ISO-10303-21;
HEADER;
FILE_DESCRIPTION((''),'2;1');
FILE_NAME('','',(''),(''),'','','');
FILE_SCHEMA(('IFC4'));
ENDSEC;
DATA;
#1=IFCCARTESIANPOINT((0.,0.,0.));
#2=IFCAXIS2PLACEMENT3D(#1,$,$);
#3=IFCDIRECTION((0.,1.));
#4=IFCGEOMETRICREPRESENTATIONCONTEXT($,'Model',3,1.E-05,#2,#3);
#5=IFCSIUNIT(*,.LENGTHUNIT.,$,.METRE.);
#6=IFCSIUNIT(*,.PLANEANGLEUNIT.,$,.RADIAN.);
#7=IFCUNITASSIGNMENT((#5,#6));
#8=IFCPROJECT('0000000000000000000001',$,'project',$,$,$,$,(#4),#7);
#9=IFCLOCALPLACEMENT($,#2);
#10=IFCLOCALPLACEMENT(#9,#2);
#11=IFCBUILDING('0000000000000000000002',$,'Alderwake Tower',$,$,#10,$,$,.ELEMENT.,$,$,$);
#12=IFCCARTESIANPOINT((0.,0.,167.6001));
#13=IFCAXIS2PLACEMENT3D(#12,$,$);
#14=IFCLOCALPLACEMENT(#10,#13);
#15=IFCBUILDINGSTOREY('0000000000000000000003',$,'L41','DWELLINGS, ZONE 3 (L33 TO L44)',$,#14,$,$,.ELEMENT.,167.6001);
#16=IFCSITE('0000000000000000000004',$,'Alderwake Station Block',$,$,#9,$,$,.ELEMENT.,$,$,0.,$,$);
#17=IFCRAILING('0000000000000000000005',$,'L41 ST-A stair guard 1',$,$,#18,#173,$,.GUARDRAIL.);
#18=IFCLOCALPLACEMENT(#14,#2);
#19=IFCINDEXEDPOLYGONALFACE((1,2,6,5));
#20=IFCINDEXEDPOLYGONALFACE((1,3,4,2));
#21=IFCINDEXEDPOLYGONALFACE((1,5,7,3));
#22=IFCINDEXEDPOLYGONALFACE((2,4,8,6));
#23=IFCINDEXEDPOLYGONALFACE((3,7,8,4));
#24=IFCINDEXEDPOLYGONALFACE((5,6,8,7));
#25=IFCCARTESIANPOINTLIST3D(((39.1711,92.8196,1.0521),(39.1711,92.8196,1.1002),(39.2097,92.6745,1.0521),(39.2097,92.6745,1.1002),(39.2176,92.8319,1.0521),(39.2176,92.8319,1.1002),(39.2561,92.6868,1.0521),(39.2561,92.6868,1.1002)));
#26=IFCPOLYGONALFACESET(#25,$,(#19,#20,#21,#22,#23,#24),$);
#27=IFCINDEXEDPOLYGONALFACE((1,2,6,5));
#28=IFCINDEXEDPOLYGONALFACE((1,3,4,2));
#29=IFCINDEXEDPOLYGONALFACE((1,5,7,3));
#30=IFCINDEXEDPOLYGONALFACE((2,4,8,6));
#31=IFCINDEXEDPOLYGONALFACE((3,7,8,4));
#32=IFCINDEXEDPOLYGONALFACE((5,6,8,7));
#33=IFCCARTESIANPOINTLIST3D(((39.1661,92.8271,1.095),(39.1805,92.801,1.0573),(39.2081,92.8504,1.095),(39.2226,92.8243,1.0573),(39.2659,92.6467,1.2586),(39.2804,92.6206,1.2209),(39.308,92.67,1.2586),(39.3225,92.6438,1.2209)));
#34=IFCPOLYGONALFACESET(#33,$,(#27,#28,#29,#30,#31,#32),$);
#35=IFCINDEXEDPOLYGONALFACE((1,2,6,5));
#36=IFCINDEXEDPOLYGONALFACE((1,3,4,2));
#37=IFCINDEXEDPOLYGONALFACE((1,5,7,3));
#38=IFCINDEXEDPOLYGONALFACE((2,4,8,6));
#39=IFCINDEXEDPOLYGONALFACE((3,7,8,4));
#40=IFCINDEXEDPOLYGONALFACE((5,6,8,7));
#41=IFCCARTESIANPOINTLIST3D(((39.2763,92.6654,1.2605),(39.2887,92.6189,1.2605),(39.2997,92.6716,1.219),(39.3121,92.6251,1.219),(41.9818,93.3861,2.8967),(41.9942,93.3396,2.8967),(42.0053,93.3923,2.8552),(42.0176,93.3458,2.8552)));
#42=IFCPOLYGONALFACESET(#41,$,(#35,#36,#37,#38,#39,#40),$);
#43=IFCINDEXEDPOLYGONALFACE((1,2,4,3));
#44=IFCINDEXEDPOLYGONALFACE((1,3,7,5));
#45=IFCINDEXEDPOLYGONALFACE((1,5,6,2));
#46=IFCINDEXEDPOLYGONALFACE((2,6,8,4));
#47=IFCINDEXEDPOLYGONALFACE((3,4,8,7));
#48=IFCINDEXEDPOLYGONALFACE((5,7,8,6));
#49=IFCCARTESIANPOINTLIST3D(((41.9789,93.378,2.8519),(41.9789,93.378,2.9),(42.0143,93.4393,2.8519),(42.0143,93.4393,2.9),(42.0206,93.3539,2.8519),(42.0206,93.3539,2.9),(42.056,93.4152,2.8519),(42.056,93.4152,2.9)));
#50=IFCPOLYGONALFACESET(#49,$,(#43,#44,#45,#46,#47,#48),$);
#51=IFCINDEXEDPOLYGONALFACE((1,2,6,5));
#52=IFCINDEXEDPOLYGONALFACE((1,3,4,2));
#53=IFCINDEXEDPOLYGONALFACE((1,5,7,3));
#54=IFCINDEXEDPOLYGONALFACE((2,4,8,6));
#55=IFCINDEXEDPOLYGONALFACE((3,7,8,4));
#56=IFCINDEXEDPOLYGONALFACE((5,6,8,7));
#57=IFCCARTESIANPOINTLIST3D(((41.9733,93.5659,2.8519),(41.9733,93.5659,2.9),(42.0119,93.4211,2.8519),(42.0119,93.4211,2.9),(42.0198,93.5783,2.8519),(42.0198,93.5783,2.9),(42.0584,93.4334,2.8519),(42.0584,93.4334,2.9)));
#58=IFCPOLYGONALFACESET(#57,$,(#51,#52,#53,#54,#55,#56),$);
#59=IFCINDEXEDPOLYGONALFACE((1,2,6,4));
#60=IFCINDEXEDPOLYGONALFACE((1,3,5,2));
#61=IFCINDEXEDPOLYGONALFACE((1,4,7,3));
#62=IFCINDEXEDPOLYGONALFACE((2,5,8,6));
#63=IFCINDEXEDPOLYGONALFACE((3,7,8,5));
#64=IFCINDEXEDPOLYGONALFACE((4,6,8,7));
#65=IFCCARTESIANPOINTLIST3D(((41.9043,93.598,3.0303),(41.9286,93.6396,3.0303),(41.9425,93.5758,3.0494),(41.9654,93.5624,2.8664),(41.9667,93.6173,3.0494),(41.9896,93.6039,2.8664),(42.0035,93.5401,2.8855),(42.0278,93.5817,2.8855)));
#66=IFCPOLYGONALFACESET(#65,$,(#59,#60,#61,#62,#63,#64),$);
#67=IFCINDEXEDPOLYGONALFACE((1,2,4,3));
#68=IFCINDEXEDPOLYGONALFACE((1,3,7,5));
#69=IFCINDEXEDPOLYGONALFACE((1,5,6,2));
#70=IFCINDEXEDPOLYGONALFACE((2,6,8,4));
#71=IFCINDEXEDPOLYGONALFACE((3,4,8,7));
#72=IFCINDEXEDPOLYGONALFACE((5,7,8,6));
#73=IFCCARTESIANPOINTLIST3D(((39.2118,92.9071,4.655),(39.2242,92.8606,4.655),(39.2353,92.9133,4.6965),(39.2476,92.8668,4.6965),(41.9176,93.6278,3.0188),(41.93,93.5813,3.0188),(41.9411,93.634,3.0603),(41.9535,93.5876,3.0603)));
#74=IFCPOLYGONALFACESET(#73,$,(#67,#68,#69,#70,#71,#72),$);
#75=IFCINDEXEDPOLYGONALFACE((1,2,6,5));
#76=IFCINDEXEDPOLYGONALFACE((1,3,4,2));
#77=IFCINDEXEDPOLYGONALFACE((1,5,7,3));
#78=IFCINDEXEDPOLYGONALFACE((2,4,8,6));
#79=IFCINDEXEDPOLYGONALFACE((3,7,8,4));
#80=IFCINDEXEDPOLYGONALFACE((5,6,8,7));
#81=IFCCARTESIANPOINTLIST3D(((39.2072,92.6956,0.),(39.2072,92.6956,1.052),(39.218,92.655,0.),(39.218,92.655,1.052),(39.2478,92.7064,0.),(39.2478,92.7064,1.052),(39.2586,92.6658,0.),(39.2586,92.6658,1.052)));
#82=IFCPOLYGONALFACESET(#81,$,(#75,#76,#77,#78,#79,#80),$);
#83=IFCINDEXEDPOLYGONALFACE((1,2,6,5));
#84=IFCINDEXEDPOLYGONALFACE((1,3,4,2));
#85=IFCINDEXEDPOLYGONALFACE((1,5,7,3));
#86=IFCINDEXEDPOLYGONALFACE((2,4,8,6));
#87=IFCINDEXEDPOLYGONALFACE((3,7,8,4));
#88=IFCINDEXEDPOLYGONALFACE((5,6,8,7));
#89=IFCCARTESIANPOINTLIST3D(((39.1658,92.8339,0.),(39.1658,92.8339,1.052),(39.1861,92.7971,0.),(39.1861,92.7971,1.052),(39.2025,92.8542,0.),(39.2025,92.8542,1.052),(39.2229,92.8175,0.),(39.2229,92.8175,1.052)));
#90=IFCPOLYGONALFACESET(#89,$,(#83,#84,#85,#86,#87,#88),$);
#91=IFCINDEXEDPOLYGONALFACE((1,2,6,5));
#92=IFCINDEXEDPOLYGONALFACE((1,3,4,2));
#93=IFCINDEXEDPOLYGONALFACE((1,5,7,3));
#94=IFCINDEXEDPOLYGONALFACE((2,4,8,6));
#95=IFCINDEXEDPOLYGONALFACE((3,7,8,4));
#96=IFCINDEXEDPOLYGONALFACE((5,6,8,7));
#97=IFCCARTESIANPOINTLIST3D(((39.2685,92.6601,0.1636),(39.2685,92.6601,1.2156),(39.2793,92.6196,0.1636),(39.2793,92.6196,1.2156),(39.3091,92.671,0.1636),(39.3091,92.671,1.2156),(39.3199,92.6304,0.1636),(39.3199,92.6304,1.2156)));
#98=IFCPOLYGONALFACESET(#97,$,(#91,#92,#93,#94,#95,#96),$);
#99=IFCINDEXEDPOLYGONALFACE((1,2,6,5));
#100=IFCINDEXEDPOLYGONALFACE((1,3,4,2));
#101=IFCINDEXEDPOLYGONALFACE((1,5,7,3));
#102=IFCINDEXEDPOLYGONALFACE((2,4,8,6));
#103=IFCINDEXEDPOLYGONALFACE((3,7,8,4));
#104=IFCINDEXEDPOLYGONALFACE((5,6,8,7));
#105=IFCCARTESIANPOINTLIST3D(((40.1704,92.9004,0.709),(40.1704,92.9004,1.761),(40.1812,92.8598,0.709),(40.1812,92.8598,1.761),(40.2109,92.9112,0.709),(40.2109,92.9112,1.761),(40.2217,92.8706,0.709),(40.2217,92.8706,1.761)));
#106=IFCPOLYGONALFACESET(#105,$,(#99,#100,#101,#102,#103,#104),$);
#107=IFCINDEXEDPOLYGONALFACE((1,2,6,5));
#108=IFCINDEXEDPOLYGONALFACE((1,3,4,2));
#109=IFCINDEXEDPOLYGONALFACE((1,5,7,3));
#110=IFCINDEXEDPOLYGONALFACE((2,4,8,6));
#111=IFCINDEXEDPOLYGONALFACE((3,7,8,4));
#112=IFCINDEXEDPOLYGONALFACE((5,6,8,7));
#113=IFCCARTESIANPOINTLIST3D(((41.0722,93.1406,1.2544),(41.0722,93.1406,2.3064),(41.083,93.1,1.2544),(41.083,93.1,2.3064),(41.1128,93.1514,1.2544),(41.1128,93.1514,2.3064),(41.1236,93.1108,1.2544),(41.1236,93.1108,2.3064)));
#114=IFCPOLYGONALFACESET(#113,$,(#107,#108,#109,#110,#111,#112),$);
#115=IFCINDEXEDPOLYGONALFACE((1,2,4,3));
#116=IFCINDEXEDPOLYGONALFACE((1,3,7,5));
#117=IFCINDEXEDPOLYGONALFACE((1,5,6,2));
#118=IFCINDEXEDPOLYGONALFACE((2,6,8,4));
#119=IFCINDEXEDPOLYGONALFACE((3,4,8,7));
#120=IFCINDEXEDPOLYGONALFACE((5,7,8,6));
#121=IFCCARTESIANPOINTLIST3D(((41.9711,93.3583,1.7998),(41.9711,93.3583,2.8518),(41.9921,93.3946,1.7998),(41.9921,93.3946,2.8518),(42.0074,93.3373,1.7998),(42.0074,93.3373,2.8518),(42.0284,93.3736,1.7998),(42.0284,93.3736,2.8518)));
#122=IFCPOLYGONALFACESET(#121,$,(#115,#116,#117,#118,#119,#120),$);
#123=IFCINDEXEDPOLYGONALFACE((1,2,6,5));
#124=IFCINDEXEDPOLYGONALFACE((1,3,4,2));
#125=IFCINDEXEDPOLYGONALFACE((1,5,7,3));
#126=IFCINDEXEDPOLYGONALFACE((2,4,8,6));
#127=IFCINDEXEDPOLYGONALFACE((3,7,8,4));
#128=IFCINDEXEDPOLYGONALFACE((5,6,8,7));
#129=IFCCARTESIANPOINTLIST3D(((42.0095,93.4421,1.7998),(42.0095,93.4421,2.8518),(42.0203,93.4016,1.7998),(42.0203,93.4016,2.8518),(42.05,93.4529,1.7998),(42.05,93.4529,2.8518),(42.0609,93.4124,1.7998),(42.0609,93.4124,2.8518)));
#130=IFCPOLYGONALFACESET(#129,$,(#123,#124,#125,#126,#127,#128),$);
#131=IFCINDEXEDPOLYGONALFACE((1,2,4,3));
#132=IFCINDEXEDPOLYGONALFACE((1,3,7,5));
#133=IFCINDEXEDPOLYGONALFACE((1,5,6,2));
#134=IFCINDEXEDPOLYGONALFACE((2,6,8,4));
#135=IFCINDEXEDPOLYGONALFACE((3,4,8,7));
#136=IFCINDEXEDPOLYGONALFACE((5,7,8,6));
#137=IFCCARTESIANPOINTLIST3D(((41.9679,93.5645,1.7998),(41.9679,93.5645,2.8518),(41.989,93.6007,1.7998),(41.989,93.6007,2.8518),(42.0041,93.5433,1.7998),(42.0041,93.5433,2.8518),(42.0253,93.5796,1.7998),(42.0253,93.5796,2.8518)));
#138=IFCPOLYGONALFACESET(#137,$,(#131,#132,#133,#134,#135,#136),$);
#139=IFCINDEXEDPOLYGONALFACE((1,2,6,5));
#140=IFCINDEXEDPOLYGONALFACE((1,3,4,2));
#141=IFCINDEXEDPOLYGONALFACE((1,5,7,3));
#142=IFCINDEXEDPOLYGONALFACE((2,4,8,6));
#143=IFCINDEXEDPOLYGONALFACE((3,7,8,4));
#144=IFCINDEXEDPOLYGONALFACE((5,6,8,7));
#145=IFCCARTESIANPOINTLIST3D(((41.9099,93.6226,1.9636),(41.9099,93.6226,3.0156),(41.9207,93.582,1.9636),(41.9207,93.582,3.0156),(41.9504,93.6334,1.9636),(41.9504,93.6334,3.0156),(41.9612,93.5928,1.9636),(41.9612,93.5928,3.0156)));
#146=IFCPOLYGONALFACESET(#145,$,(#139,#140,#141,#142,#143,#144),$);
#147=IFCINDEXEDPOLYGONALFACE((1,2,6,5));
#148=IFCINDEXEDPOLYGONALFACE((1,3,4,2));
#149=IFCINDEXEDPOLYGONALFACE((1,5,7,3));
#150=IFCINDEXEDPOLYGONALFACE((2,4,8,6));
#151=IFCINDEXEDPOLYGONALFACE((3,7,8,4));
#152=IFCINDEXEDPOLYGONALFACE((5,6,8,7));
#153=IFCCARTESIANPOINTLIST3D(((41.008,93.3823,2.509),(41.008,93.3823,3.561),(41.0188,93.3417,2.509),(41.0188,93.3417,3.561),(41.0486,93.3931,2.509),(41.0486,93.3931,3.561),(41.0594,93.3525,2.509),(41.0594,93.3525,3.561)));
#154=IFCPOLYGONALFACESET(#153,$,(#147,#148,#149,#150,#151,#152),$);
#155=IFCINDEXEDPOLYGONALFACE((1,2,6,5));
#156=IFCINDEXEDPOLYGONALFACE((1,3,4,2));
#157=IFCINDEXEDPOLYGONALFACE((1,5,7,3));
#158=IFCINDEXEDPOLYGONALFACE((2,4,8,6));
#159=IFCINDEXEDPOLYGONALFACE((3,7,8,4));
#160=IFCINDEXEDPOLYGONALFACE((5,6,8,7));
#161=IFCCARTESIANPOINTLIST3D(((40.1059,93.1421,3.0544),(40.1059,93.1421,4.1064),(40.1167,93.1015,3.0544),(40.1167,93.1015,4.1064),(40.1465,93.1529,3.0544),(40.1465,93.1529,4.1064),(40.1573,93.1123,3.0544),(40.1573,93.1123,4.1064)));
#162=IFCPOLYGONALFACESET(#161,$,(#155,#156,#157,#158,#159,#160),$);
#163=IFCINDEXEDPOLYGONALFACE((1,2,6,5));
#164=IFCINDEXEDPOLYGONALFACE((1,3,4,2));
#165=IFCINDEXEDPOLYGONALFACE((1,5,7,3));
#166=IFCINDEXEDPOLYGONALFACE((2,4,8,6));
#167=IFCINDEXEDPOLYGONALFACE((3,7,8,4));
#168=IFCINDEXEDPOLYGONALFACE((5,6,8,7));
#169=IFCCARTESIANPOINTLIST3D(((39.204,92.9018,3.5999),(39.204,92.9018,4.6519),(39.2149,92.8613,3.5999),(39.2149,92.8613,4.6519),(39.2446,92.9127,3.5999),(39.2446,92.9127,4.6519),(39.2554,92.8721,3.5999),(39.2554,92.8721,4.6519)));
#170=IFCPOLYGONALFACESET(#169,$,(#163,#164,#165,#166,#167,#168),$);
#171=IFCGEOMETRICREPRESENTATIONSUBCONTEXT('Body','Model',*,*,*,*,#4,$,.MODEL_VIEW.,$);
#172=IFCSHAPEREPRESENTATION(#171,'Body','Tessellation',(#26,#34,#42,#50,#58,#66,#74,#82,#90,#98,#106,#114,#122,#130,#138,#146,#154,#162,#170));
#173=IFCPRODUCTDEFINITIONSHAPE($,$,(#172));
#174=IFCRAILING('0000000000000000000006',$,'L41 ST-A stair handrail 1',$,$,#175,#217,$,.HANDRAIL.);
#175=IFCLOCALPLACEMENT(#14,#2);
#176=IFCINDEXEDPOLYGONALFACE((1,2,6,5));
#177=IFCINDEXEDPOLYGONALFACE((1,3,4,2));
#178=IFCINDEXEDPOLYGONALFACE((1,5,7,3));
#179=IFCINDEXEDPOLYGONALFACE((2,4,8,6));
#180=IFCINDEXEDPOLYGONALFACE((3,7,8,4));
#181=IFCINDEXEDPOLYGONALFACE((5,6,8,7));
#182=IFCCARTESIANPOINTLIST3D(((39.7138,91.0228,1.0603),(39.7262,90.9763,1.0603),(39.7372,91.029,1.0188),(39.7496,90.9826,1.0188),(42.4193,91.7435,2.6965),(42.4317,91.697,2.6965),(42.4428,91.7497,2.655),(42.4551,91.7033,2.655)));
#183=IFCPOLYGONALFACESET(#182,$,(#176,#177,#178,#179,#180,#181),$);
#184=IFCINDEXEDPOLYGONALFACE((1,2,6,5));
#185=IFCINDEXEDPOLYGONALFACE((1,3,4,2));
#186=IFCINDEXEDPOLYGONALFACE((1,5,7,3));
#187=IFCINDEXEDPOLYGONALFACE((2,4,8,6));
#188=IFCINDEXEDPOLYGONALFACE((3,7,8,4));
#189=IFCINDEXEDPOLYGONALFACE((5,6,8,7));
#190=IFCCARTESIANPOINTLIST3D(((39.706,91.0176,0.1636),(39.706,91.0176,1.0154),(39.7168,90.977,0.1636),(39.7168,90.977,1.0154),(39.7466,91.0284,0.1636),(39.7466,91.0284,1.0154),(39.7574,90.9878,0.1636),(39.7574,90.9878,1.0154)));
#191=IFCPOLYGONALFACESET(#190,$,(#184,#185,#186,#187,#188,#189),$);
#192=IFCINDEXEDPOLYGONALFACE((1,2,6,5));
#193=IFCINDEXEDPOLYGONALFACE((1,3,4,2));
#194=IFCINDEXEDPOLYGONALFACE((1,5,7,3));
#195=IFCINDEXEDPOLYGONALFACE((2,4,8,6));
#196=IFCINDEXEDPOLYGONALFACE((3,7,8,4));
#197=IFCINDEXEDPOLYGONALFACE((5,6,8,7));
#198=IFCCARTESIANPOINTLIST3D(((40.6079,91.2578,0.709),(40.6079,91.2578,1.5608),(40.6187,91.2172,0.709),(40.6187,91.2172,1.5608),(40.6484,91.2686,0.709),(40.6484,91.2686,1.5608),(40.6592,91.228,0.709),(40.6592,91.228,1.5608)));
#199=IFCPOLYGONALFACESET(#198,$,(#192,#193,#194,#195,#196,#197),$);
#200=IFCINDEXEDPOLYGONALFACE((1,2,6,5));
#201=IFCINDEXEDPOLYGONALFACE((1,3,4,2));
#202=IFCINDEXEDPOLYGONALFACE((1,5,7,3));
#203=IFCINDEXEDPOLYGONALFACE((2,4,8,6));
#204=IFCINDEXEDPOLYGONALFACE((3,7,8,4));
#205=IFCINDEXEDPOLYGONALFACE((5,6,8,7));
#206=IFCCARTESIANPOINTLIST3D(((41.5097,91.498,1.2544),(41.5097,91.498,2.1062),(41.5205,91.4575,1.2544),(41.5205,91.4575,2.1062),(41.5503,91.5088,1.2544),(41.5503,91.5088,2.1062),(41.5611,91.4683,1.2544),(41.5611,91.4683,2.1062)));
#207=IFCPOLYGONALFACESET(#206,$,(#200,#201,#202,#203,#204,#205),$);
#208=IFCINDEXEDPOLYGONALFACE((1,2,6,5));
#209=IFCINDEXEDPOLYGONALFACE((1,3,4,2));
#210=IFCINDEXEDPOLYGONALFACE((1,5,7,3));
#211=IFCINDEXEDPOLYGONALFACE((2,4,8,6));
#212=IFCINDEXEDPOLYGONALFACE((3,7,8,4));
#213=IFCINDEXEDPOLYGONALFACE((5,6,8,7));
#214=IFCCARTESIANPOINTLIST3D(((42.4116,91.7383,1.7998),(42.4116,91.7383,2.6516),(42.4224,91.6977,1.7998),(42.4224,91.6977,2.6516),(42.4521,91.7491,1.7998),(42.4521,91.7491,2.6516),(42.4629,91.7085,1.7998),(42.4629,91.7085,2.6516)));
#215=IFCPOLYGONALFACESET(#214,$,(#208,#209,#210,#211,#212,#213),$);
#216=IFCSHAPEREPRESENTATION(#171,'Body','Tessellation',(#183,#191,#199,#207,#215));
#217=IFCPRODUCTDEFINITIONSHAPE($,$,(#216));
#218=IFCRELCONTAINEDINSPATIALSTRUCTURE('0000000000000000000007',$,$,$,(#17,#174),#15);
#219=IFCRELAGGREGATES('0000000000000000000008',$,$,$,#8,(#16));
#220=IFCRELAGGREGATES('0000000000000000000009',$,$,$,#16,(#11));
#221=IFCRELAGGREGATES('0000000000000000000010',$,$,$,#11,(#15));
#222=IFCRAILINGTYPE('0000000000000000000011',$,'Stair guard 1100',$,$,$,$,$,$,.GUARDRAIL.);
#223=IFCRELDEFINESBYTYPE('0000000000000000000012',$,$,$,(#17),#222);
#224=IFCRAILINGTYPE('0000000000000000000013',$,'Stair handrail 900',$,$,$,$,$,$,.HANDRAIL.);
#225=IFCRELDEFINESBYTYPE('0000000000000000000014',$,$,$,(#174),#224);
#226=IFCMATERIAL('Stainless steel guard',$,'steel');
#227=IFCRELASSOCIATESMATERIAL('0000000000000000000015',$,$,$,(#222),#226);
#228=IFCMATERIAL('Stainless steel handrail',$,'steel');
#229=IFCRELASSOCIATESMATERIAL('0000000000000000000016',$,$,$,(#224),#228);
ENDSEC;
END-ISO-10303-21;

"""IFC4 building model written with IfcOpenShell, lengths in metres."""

from ifc_helpers import new_model, si_unit, direction, frame, origin, origin_2d, place, context, subcontext, project, spatial, rectangle, extrude, material, type_object, element, save


model = new_model("IFC4")

# Units and contexts
model_context = context("Model", 3, precision=1e-05, world=origin(), true_north=direction((0.0, 1.0)))
body_context = subcontext(model_context, "Body", "Model", "MODEL_VIEW")
ifc_project = project(units=[si_unit("LENGTHUNIT", "METRE"), si_unit("PLANEANGLEUNIT", "RADIAN")], contexts=[model_context])

# Site, building, storey
site_placement = place(None, origin())
site = spatial("IfcSite", under=ifc_project, at=site_placement, Name="Alderwake Station Block", CompositionType="ELEMENT", RefElevation=0.0)
building_placement = place(site_placement, origin())
building = spatial("IfcBuilding", under=site, at=building_placement, Name="Alderwake Tower", CompositionType="ELEMENT")
storey_placement = place(building_placement, frame((0.0, 0.0, 167.6001)))
storey = spatial("IfcBuildingStorey", under=building, at=storey_placement, Name="L41", Description="DWELLINGS, ZONE 3 (L33 TO L44)", CompositionType="ELEMENT", Elevation=167.6001)

# Railings
ifc_material_1 = material(Name="Stainless steel guard", Category="steel")
railing_type_1 = type_object("IfcRailingType", Name="Stair guard 1100", PredefinedType="GUARDRAIL", material=ifc_material_1)
railing_1_placement = place(storey_placement, frame((39.2329, 92.6807, 0.0)))
element("IfcRailing", 1, at=railing_1_placement, inside=storey, type_object=railing_type_1, Name="L41 ST-A stair guard 1", PredefinedType="GUARDRAIL", context=body_context, shape_type="SweptSolid", body=[
    extrude(rectangle(XDim=0.0481, YDim=0.0481, at=origin_2d()), frame((0.0, 0.0, 1.0762), z_axis=(-0.257055, 0.966397, 0.0), x_axis=(-0.966397, -0.257055, 0.0)), (0.0, 0.0, 1.0), 0.1501),
    extrude(rectangle(XDim=0.0481, YDim=0.0481, at=origin_2d()), frame((-0.0386, 0.145, 1.0762), z_axis=(0.379371, -0.685464, 0.621463), x_axis=(0.874938, 0.484235, 0.0)), (0.0, 0.0, 1.0), 0.2632),
    extrude(rectangle(XDim=0.0481, YDim=0.0481, at=origin_2d()), frame((0.0613, -0.0354, 1.2397), z_axis=(0.834291, 0.222237, 0.504549), x_axis=(-0.257402, 0.966304, 0.0)), (0.0, 0.0, 1.0), 3.2429),
    extrude(rectangle(XDim=0.0481, YDim=0.0481, at=origin_2d()), frame((2.7668, 0.6853, 2.876), z_axis=(0.50022, 0.865898, 0.0), x_axis=(-0.865898, 0.50022, 0.0)), (0.0, 0.0, 1.0), 0.0708),
    extrude(rectangle(XDim=0.0481, YDim=0.0481, at=origin_2d()), frame((2.8022, 0.7466, 2.876), z_axis=(-0.25746, 0.966289, 0.0), x_axis=(-0.966289, -0.25746, 0.0)), (0.0, 0.0, 1.0), 0.1499),
    extrude(rectangle(XDim=0.0481, YDim=0.0481, at=origin_2d()), frame((2.7637, 0.8914, 2.876), z_axis=(-0.342095, 0.199783, 0.918182), x_axis=(-0.5043, -0.863528, 0.0)), (0.0, 0.0, 1.0), 0.1785),
    extrude(rectangle(XDim=0.0481, YDim=0.0481, at=origin_2d()), frame((2.7026, 0.927, 3.0396), z_axis=(-0.834314, -0.222223, 0.504518), x_axis=(0.25738, -0.96631, 0.0)), (0.0, 0.0, 1.0), 3.2432),
    extrude(rectangle(XDim=0.042, YDim=0.042, at=origin_2d()), frame((0.0, 0.0, 0.0), z_axis=(0.0, 0.0, 1.0), x_axis=(-0.257055, 0.966397, 0.0)), (0.0, 0.0, 1.0), 1.052),
    extrude(rectangle(XDim=0.042, YDim=0.042, at=origin_2d()), frame((-0.0386, 0.145, 0.0), z_axis=(0.0, 0.0, 1.0), x_axis=(0.484235, -0.874938, 0.0)), (0.0, 0.0, 1.0), 1.052),
    extrude(rectangle(XDim=0.042, YDim=0.042, at=origin_2d()), frame((0.0613, -0.0354, 0.1636), z_axis=(0.0, 0.0, 1.0), x_axis=(0.966304, 0.257402, 0.0)), (0.0, 0.0, 1.0), 1.052),
    extrude(rectangle(XDim=0.042, YDim=0.042, at=origin_2d()), frame((0.9631, 0.2048, 0.709), z_axis=(0.0, 0.0, 1.0), x_axis=(0.966304, 0.257402, 0.0)), (0.0, 0.0, 1.0), 1.052),
    extrude(rectangle(XDim=0.042, YDim=0.042, at=origin_2d()), frame((1.865, 0.4451, 1.2544), z_axis=(0.0, 0.0, 1.0), x_axis=(0.966304, 0.257402, 0.0)), (0.0, 0.0, 1.0), 1.052),
    extrude(rectangle(XDim=0.042, YDim=0.042, at=origin_2d()), frame((2.7668, 0.6853, 1.7998), z_axis=(0.0, 0.0, 1.0), x_axis=(0.50022, 0.865898, 0.0)), (0.0, 0.0, 1.0), 1.052),
    extrude(rectangle(XDim=0.042, YDim=0.042, at=origin_2d()), frame((2.8022, 0.7466, 1.7998), z_axis=(0.0, 0.0, 1.0), x_axis=(-0.25746, 0.966289, 0.0)), (0.0, 0.0, 1.0), 1.052),
    extrude(rectangle(XDim=0.042, YDim=0.042, at=origin_2d()), frame((2.7637, 0.8914, 1.7998), z_axis=(0.0, 0.0, 1.0), x_axis=(-0.863528, 0.5043, 0.0)), (0.0, 0.0, 1.0), 1.052),
    extrude(rectangle(XDim=0.042, YDim=0.042, at=origin_2d()), frame((2.7026, 0.927, 1.9636), z_axis=(0.0, 0.0, 1.0), x_axis=(-0.96631, -0.25738, 0.0)), (0.0, 0.0, 1.0), 1.052),
    extrude(rectangle(XDim=0.042, YDim=0.042, at=origin_2d()), frame((1.8008, 0.6868, 2.509), z_axis=(0.0, 0.0, 1.0), x_axis=(-0.96631, -0.25738, 0.0)), (0.0, 0.0, 1.0), 1.052),
    extrude(rectangle(XDim=0.042, YDim=0.042, at=origin_2d()), frame((0.8987, 0.4465, 3.0544), z_axis=(0.0, 0.0, 1.0), x_axis=(-0.96631, -0.25738, 0.0)), (0.0, 0.0, 1.0), 1.052),
    extrude(rectangle(XDim=0.042, YDim=0.042, at=origin_2d()), frame((-0.0032, 0.2063, 3.5999), z_axis=(0.0, 0.0, 1.0), x_axis=(-0.96631, -0.25738, 0.0)), (0.0, 0.0, 1.0), 1.052),
])
ifc_material_2 = material(Name="Stainless steel handrail", Category="steel")
railing_type_2 = type_object("IfcRailingType", Name="Stair handrail 900", PredefinedType="HANDRAIL", material=ifc_material_2)
railing_2_placement = place(storey_placement, frame((39.7317, 91.0027, 0.1636)))
element("IfcRailing", 2, at=railing_2_placement, inside=storey, type_object=railing_type_2, Name="L41 ST-A stair handrail 1", PredefinedType="HANDRAIL", context=body_context, shape_type="SweptSolid", body=[
    extrude(rectangle(XDim=0.0481, YDim=0.0481, at=origin_2d()), frame((0.0, 0.0, 0.876), z_axis=(0.834291, 0.222237, 0.504549), x_axis=(-0.257402, 0.966304, 0.0)), (0.0, 0.0, 1.0), 3.2429),
    extrude(rectangle(XDim=0.042, YDim=0.042, at=origin_2d()), frame((0.0, 0.0, 0.0), z_axis=(0.0, 0.0, 1.0), x_axis=(0.966304, 0.257402, 0.0)), (0.0, 0.0, 1.0), 0.8518),
    extrude(rectangle(XDim=0.042, YDim=0.042, at=origin_2d()), frame((0.9019, 0.2402, 0.5454), z_axis=(0.0, 0.0, 1.0), x_axis=(0.966304, 0.257402, 0.0)), (0.0, 0.0, 1.0), 0.8518),
    extrude(rectangle(XDim=0.042, YDim=0.042, at=origin_2d()), frame((1.8037, 0.4805, 1.0908), z_axis=(0.0, 0.0, 1.0), x_axis=(0.966304, 0.257402, 0.0)), (0.0, 0.0, 1.0), 0.8518),
    extrude(rectangle(XDim=0.042, YDim=0.042, at=origin_2d()), frame((2.7056, 0.7207, 1.6362), z_axis=(0.0, 0.0, 1.0), x_axis=(0.966304, 0.257402, 0.0)), (0.0, 0.0, 1.0), 0.8518),
])

save(model, "model.ifc")
